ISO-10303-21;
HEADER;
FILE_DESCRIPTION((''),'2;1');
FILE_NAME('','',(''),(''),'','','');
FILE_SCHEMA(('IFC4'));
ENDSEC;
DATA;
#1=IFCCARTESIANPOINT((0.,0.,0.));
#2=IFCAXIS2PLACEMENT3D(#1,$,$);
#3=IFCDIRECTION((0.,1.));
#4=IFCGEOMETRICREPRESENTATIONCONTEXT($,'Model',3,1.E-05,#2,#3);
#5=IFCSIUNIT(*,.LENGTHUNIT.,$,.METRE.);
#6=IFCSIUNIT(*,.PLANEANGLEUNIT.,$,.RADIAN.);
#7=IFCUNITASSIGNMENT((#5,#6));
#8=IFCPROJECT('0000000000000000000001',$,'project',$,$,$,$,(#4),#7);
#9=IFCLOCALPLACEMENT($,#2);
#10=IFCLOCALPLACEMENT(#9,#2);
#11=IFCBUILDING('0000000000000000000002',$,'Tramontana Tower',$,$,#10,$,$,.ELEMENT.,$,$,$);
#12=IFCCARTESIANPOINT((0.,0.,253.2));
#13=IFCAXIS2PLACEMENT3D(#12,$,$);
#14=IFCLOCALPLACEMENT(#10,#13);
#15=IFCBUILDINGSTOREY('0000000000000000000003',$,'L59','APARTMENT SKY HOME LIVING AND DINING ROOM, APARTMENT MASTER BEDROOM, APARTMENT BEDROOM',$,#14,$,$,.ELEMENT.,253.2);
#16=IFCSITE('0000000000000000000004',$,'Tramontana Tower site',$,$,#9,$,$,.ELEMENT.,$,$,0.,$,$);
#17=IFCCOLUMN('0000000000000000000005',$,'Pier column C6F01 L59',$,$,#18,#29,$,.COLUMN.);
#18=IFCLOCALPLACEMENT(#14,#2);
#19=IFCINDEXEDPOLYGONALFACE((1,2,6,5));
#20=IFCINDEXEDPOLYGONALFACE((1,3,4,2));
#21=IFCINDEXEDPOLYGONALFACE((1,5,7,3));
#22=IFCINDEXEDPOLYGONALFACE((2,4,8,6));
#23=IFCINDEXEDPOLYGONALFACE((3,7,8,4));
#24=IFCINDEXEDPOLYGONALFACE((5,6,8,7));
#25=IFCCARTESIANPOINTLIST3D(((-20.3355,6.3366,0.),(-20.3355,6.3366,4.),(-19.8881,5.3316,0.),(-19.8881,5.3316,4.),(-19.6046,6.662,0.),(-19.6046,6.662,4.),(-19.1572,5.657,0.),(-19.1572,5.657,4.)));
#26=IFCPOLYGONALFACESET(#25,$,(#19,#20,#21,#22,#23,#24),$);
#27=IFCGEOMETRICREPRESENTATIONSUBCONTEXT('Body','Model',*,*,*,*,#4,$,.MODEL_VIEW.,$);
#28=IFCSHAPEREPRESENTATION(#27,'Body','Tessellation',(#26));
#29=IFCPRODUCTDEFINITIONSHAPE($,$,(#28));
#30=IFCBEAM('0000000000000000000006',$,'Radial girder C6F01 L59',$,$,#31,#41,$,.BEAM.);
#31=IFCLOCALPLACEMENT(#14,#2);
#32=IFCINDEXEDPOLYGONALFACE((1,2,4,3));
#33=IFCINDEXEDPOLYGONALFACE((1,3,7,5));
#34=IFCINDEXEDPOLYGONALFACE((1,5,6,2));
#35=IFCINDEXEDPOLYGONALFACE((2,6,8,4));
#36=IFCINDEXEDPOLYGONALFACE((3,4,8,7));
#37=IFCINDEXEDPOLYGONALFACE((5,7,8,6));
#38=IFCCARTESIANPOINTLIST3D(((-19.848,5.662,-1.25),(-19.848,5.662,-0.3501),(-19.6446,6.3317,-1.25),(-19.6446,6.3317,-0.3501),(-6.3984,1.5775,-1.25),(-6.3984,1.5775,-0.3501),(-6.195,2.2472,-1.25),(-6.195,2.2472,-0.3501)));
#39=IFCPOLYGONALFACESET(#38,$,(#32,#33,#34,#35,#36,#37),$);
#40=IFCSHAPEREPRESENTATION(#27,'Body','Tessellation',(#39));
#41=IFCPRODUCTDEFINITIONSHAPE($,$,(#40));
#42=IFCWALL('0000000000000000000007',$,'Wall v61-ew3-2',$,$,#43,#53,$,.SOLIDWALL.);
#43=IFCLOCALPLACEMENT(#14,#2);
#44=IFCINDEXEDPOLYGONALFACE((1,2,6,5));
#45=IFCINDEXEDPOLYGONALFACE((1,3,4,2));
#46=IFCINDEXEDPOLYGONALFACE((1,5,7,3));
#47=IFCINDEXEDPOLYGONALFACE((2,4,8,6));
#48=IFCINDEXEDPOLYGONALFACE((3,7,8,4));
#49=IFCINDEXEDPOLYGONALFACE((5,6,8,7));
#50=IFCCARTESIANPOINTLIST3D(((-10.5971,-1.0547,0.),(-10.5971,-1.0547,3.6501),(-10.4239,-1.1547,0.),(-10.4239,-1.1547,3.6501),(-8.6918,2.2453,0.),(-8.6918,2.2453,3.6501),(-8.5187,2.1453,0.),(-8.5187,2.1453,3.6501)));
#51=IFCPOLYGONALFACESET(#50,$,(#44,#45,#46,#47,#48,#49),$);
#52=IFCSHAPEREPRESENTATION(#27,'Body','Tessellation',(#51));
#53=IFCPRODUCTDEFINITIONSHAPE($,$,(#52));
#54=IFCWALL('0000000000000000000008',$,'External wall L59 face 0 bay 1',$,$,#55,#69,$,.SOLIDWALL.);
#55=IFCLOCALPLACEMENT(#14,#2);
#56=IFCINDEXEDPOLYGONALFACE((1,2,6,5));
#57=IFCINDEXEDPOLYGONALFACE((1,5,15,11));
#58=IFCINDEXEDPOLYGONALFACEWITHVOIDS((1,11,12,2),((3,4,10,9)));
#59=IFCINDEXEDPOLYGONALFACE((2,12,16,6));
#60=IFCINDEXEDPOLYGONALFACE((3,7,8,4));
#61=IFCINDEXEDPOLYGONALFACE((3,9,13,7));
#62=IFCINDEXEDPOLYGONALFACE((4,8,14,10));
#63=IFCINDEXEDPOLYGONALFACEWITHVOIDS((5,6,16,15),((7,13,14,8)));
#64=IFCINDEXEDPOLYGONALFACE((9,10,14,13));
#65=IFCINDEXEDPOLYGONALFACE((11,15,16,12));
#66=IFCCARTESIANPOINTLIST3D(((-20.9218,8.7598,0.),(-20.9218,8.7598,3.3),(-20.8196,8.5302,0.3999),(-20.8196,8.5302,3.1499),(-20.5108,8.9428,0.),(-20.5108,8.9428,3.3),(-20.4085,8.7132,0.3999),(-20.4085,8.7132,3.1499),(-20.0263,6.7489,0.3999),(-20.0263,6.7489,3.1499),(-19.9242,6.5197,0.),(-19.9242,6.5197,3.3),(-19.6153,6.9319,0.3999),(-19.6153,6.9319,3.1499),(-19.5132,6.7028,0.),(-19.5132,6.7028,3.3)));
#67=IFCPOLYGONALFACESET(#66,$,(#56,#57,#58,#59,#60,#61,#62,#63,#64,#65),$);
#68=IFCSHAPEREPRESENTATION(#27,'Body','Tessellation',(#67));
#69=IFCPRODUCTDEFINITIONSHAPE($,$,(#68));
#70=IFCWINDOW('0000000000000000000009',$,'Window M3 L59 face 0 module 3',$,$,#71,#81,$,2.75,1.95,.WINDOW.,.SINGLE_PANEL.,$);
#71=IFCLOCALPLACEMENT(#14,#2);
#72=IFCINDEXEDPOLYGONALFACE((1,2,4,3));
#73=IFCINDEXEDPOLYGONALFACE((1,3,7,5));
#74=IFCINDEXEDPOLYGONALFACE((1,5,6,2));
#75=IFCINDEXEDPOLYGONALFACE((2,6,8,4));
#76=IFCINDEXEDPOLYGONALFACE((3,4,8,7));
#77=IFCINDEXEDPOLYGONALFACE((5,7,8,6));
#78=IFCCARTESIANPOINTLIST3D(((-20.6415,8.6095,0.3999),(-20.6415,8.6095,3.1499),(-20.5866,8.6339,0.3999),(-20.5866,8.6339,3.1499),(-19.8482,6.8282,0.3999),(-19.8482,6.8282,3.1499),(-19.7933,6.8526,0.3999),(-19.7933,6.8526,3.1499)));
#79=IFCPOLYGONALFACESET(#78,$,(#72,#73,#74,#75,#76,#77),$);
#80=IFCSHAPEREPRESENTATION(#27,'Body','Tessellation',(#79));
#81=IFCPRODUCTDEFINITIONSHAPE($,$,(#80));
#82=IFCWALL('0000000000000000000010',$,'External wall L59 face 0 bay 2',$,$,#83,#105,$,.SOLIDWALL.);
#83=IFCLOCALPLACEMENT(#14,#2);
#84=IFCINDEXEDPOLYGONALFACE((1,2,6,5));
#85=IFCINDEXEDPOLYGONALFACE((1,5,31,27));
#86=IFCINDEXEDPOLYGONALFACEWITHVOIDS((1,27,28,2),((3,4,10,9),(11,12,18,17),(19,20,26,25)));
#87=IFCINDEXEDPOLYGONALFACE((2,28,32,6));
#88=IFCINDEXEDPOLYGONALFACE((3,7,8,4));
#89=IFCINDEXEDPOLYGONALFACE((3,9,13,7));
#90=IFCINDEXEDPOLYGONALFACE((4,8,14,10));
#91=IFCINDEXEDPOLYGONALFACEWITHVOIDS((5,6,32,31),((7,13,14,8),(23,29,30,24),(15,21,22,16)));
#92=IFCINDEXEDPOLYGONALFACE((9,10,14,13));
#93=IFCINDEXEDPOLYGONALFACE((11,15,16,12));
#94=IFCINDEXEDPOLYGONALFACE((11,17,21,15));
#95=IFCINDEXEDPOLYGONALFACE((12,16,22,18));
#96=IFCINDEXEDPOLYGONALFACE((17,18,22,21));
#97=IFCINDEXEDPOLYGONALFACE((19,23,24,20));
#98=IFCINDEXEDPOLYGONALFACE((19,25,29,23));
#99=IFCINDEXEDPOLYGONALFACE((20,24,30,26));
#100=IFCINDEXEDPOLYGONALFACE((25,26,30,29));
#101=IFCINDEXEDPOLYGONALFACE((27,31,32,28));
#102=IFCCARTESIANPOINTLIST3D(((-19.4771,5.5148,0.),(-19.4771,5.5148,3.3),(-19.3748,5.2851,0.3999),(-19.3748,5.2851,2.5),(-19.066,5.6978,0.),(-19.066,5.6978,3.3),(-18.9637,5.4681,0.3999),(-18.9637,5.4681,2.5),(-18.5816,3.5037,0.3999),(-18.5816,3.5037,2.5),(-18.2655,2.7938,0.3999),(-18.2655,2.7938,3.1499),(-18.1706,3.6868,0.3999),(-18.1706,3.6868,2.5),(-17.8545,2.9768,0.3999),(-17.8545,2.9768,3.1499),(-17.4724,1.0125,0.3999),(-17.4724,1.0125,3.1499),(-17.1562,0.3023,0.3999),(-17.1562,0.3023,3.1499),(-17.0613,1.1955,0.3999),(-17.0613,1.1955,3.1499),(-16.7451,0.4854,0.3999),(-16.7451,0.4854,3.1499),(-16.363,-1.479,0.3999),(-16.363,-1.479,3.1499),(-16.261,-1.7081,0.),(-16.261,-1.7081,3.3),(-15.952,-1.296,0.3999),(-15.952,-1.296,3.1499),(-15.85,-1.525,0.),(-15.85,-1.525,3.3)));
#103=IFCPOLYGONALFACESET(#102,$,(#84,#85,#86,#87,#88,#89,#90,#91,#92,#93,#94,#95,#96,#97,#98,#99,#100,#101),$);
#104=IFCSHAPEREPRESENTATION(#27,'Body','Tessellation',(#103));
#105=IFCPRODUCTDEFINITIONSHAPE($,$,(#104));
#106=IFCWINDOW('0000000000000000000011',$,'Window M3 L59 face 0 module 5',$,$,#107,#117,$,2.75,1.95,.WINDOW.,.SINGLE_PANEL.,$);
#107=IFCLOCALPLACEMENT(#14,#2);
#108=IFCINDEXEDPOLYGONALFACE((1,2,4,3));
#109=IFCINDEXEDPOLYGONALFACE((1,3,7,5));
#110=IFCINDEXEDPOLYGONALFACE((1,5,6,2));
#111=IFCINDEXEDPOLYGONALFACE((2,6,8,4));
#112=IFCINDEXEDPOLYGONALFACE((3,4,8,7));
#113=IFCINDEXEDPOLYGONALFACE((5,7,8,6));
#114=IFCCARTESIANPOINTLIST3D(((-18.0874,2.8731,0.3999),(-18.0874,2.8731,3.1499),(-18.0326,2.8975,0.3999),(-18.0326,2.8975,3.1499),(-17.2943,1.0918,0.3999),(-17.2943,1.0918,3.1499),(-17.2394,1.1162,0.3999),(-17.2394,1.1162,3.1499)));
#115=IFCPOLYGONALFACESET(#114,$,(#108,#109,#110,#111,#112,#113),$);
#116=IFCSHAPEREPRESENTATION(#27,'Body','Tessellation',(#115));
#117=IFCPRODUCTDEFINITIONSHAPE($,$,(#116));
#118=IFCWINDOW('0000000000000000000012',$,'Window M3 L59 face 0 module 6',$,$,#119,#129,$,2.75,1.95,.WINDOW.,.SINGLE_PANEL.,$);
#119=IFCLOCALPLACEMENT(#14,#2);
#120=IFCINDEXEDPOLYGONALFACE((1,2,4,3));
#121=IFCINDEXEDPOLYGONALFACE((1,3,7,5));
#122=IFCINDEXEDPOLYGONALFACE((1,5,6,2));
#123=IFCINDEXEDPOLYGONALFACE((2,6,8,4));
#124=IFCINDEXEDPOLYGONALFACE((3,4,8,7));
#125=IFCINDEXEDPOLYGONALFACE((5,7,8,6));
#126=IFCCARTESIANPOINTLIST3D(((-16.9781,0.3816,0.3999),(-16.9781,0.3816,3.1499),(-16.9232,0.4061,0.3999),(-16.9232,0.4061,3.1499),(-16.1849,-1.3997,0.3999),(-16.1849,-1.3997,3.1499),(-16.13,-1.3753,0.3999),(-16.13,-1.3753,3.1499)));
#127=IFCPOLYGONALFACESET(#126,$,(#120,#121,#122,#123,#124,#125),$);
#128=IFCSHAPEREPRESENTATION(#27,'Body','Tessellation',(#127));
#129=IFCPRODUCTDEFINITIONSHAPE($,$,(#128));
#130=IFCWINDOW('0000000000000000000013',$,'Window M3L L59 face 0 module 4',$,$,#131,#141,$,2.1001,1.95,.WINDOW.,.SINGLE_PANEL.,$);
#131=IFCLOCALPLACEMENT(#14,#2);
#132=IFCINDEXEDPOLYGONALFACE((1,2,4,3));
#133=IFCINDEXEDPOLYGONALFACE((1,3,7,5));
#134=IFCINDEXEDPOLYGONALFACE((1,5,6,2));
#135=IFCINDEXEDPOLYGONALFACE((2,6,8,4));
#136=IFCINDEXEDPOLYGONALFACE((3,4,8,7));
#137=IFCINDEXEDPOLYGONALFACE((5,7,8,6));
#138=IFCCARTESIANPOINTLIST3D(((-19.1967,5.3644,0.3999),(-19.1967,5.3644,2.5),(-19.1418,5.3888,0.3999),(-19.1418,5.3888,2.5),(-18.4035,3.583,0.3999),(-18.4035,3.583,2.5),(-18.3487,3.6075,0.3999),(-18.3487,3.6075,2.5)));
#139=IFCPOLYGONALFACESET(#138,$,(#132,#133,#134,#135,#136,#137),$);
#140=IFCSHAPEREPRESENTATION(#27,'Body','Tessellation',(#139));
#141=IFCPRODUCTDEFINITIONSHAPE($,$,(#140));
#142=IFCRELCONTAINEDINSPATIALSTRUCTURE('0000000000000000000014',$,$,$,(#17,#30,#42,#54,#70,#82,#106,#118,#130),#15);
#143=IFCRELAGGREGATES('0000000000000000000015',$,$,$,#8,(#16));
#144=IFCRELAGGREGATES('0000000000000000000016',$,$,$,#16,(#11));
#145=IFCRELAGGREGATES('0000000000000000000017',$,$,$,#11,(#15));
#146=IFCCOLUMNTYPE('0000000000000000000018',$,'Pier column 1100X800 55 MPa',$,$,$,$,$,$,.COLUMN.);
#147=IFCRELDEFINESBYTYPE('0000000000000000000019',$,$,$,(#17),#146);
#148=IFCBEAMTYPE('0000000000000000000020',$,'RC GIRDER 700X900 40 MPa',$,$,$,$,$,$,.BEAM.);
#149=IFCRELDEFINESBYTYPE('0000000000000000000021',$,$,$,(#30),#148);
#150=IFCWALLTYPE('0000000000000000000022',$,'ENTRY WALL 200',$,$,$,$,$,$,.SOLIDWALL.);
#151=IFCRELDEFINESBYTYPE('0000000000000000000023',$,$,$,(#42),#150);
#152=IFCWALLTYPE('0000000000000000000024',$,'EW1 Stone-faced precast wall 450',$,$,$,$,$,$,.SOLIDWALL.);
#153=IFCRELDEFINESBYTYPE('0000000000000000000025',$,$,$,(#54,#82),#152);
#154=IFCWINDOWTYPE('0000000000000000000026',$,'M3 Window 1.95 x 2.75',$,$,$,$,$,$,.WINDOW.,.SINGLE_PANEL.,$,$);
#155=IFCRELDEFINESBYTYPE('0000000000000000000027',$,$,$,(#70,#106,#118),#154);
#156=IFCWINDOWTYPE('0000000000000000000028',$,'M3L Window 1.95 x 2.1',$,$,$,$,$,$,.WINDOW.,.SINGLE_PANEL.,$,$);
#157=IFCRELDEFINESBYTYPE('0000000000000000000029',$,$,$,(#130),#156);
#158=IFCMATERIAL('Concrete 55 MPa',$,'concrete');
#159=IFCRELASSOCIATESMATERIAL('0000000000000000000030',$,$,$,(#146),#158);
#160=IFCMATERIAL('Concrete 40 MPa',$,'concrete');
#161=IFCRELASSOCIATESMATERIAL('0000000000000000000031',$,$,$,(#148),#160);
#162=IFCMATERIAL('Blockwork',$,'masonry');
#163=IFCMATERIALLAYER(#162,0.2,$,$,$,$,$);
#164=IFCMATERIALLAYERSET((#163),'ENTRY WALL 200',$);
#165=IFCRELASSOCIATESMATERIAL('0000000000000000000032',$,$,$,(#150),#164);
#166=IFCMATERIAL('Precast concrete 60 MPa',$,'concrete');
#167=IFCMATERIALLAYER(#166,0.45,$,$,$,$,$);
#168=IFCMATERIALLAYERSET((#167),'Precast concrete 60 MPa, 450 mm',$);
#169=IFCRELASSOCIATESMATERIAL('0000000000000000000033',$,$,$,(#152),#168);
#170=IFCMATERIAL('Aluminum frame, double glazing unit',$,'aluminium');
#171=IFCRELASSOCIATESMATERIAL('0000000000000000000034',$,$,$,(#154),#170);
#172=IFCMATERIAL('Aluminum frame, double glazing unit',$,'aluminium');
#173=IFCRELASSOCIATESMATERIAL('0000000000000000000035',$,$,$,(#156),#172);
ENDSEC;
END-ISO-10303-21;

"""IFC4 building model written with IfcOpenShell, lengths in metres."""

from ifc_helpers import new_model, si_unit, direction, frame, frame_2d, origin, origin_2d, place, context, subcontext, project, spatial, rectangle, extrude, material, layer, layer_set, material_profile, profile_set, type_object, element, fill, save


model = new_model("IFC4")

# Units and contexts
model_context = context("Model", 3, precision=1e-05, world=origin(), true_north=direction((0.0, 1.0)))
body_context = subcontext(model_context, "Body", "Model", "MODEL_VIEW")
ifc_project = project(units=[si_unit("LENGTHUNIT", "METRE"), si_unit("PLANEANGLEUNIT", "RADIAN")], contexts=[model_context])

# Site, building, storey
site_placement = place(None, origin())
site = spatial("IfcSite", under=ifc_project, at=site_placement, Name="Tramontana Tower site", CompositionType="ELEMENT", RefElevation=0.0)
building_placement = place(site_placement, origin())
building = spatial("IfcBuilding", under=site, at=building_placement, Name="Tramontana Tower", CompositionType="ELEMENT")
storey_placement = place(building_placement, frame((0.0, 0.0, 253.2)))
storey = spatial("IfcBuildingStorey", under=building, at=storey_placement, Name="L59", Description="APARTMENT SKY HOME LIVING AND DINING ROOM, APARTMENT MASTER BEDROOM, APARTMENT BEDROOM", CompositionType="ELEMENT", Elevation=253.2)

# Column
ifc_material_1 = material(Name="Concrete 55 MPa", Category="concrete")
ifc_material_profile_1 = material_profile(ifc_material_1, rectangle(XDim=1.1001, YDim=0.8, at=origin_2d()), Name="Pier column 1100X800 55 MPa")
ifc_profile_set_1 = profile_set([ifc_material_profile_1], Name="Concrete 55 MPa")
column_type = type_object("IfcColumnType", Name="Pier column 1100X800 55 MPa", PredefinedType="COLUMN", material=ifc_profile_set_1)
column_placement = place(storey_placement, frame((-19.7463, 5.9968, 0.0), z_axis=(0.0, 0.0, 1.0), x_axis=(0.406737, -0.913545, 0.0)))
element("IfcColumn", 1, at=column_placement, inside=storey, type_object=column_type, Name="Pier column C6F01 L59", PredefinedType="COLUMN", context=body_context, shape_type="SweptSolid", body=[
    extrude(rectangle(XDim=1.1001, YDim=0.8, at=origin_2d()), origin(), (0.0, 0.0, 1.0), 4.0),
])

# Beam
ifc_material_2 = material(Name="Concrete 40 MPa", Category="concrete")
ifc_material_profile_2 = material_profile(ifc_material_2, rectangle(XDim=0.7, YDim=0.8999, at=origin_2d()), Name="RC GIRDER 700X900 40 MPa")
ifc_profile_set_2 = profile_set([ifc_material_profile_2], Name="Concrete 40 MPa")
beam_type = type_object("IfcBeamType", Name="RC GIRDER 700X900 40 MPa", PredefinedType="BEAM", material=ifc_profile_set_2)
beam_placement = place(storey_placement, frame((-19.7463, 5.9968, -0.8), z_axis=(0.95685, -0.290581, 0.0), x_axis=(0.290581, 0.95685, 0.0)))
element("IfcBeam", 2, at=beam_placement, inside=storey, type_object=beam_type, Name="Radial girder C6F01 L59", PredefinedType="BEAM", context=body_context, shape_type="SweptSolid", body=[
    extrude(rectangle(XDim=0.7, YDim=0.8999, at=origin_2d()), origin(), (0.0, 0.0, 1.0), 14.0562),
])

# Wall
ifc_material_3 = material(Name="Blockwork", Category="masonry")
ifc_layer_1 = layer(ifc_material_3, 0.2)
ifc_layer_set_1 = layer_set([ifc_layer_1], Name="ENTRY WALL 200")
wall_type_1 = type_object("IfcWallType", Name="ENTRY WALL 200", PredefinedType="SOLIDWALL", material=ifc_layer_set_1)
wall_1_placement = place(storey_placement, frame((-10.5105, -1.1047, 0.0), z_axis=(0.0, 0.0, 1.0), x_axis=(0.499998, 0.866027, 0.0)))
element("IfcWall", 3, at=wall_1_placement, inside=storey, type_object=wall_type_1, Name="Wall v61-ew3-2", PredefinedType="SOLIDWALL", context=body_context, shape_type="SweptSolid", body=[
    extrude(rectangle(XDim=3.8105, YDim=0.2, at=frame_2d((1.9053, 0.0))), origin(), (0.0, 0.0, 1.0), 3.6501),
])

# Wall, opening, window
ifc_material_4 = material(Name="Precast concrete 60 MPa", Category="concrete")
ifc_layer_2 = layer(ifc_material_4, 0.45)
ifc_layer_set_2 = layer_set([ifc_layer_2], Name="Precast concrete 60 MPa, 450 mm")
wall_type_2 = type_object("IfcWallType", Name="EW1 Stone-faced precast wall 450", PredefinedType="SOLIDWALL", material=ifc_layer_set_2)
wall_2_placement = place(storey_placement, frame((-20.7163, 8.8513, 0.0), z_axis=(0.0, 0.0, 1.0), x_axis=(0.406822, -0.913507, 0.0)))
wall_2 = element("IfcWall", 4, at=wall_2_placement, inside=storey, type_object=wall_type_2, Name="External wall L59 face 0 bay 1", PredefinedType="SOLIDWALL", context=body_context, shape_type="SweptSolid", body=[
    extrude(rectangle(XDim=2.4521, YDim=0.45, at=frame_2d((1.2261, 0.0))), origin(), (0.0, 0.0, 1.0), 3.3),
])
opening_1_placement = place(wall_2_placement, frame((0.2512, 0.0, 0.3999)))
opening_1 = element("IfcOpeningElement", 5, at=opening_1_placement, cuts=wall_2, PredefinedType="OPENING", context=body_context, shape_type="SweptSolid", body=[
    extrude(rectangle(XDim=1.95, YDim=2.75, at=frame_2d((0.9751, 1.375))), frame((0.0, 0.2349, 0.0), z_axis=(0.0, -1.0, 0.0), x_axis=(1.0, 0.0, 0.0)), (0.0, 0.0, 1.0), 0.47),
])
ifc_material_5 = material(Name="Aluminum frame, double glazing unit", Category="aluminium")
window_type_1 = type_object("IfcWindowType", Name="M3 Window 1.95 x 2.75", PartitioningType="SINGLE_PANEL", PredefinedType="WINDOW", material=ifc_material_5)
window_1_placement = place(opening_1_placement, origin())
window_1 = element("IfcWindow", 6, at=window_1_placement, inside=storey, type_object=window_type_1, Name="Window M3 L59 face 0 module 3", OverallHeight=2.75, OverallWidth=1.95, PartitioningType="SINGLE_PANEL", PredefinedType="WINDOW", context=body_context, shape_type="SweptSolid", body=[
    extrude(rectangle(XDim=1.95, YDim=2.75, at=frame_2d((0.9751, 1.375))), frame((0.0, 0.03, 0.0), z_axis=(0.0, -1.0, 0.0), x_axis=(1.0, 0.0, 0.0)), (0.0, 0.0, 1.0), 0.0601),
])
fill(opening_1, window_1)

# Wall, openings, windows
wall_3_placement = place(storey_placement, frame((-19.2715, 5.6062, 0.0), z_axis=(0.0, 0.0, 1.0), x_axis=(0.40676, -0.913535, 0.0)))
wall_3 = element("IfcWall", 7, at=wall_3_placement, inside=storey, type_object=wall_type_2, Name="External wall L59 face 0 bay 2", PredefinedType="SOLIDWALL", context=body_context, shape_type="SweptSolid", body=[
    extrude(rectangle(XDim=7.9065, YDim=0.45, at=frame_2d((3.9531, 0.0))), origin(), (0.0, 0.0, 1.0), 3.3),
])
opening_2_placement = place(wall_3_placement, frame((0.2512, 0.0, 0.3999)))
opening_2 = element("IfcOpeningElement", 8, at=opening_2_placement, cuts=wall_3, PredefinedType="OPENING", context=body_context, shape_type="SweptSolid", body=[
    extrude(rectangle(XDim=1.95, YDim=2.1001, at=frame_2d((0.9751, 1.05))), frame((0.0, 0.2349, 0.0), z_axis=(0.0, -1.0, 0.0), x_axis=(1.0, 0.0, 0.0)), (0.0, 0.0, 1.0), 0.47),
])
opening_3_placement = place(wall_3_placement, frame((2.9783, 0.0, 0.3999)))
opening_3 = element("IfcOpeningElement", 9, at=opening_3_placement, cuts=wall_3, PredefinedType="OPENING", context=body_context, shape_type="SweptSolid", body=[
    extrude(rectangle(XDim=1.95, YDim=2.75, at=frame_2d((0.9751, 1.375))), frame((0.0, 0.2349, 0.0), z_axis=(0.0, -1.0, 0.0), x_axis=(1.0, 0.0, 0.0)), (0.0, 0.0, 1.0), 0.47),
])
opening_4_placement = place(wall_3_placement, frame((5.7056, 0.0, 0.3999)))
opening_4 = element("IfcOpeningElement", 10, at=opening_4_placement, cuts=wall_3, PredefinedType="OPENING", context=body_context, shape_type="SweptSolid", body=[
    extrude(rectangle(XDim=1.95, YDim=2.75, at=frame_2d((0.9751, 1.375))), frame((0.0, 0.2349, 0.0), z_axis=(0.0, -1.0, 0.0), x_axis=(1.0, 0.0, 0.0)), (0.0, 0.0, 1.0), 0.47),
])
window_2_placement = place(opening_3_placement, origin())
window_2 = element("IfcWindow", 11, at=window_2_placement, inside=storey, type_object=window_type_1, Name="Window M3 L59 face 0 module 5", OverallHeight=2.75, OverallWidth=1.95, PartitioningType="SINGLE_PANEL", PredefinedType="WINDOW", context=body_context, shape_type="SweptSolid", body=[
    extrude(rectangle(XDim=1.95, YDim=2.75, at=frame_2d((0.9751, 1.375))), frame((0.0, 0.03, 0.0), z_axis=(0.0, -1.0, 0.0), x_axis=(1.0, 0.0, 0.0)), (0.0, 0.0, 1.0), 0.0601),
])
fill(opening_3, window_2)
window_3_placement = place(opening_4_placement, origin())
window_3 = element("IfcWindow", 12, at=window_3_placement, inside=storey, type_object=window_type_1, Name="Window M3 L59 face 0 module 6", OverallHeight=2.75, OverallWidth=1.95, PartitioningType="SINGLE_PANEL", PredefinedType="WINDOW", context=body_context, shape_type="SweptSolid", body=[
    extrude(rectangle(XDim=1.95, YDim=2.75, at=frame_2d((0.9751, 1.375))), frame((0.0, 0.03, 0.0), z_axis=(0.0, -1.0, 0.0), x_axis=(1.0, 0.0, 0.0)), (0.0, 0.0, 1.0), 0.0601),
])
fill(opening_4, window_3)
ifc_material_6 = material(Name="Aluminum frame, double glazing unit", Category="aluminium")
window_type_2 = type_object("IfcWindowType", Name="M3L Window 1.95 x 2.1", PartitioningType="SINGLE_PANEL", PredefinedType="WINDOW", material=ifc_material_6)
window_4_placement = place(opening_2_placement, origin())
window_4 = element("IfcWindow", 13, at=window_4_placement, inside=storey, type_object=window_type_2, Name="Window M3L L59 face 0 module 4", OverallHeight=2.1001, OverallWidth=1.95, PartitioningType="SINGLE_PANEL", PredefinedType="WINDOW", context=body_context, shape_type="SweptSolid", body=[
    extrude(rectangle(XDim=1.95, YDim=2.1001, at=frame_2d((0.9751, 1.05))), frame((0.0, 0.03, 0.0), z_axis=(0.0, -1.0, 0.0), x_axis=(1.0, 0.0, 0.0)), (0.0, 0.0, 1.0), 0.0601),
])
fill(opening_2, window_4)

save(model, "model.ifc")
